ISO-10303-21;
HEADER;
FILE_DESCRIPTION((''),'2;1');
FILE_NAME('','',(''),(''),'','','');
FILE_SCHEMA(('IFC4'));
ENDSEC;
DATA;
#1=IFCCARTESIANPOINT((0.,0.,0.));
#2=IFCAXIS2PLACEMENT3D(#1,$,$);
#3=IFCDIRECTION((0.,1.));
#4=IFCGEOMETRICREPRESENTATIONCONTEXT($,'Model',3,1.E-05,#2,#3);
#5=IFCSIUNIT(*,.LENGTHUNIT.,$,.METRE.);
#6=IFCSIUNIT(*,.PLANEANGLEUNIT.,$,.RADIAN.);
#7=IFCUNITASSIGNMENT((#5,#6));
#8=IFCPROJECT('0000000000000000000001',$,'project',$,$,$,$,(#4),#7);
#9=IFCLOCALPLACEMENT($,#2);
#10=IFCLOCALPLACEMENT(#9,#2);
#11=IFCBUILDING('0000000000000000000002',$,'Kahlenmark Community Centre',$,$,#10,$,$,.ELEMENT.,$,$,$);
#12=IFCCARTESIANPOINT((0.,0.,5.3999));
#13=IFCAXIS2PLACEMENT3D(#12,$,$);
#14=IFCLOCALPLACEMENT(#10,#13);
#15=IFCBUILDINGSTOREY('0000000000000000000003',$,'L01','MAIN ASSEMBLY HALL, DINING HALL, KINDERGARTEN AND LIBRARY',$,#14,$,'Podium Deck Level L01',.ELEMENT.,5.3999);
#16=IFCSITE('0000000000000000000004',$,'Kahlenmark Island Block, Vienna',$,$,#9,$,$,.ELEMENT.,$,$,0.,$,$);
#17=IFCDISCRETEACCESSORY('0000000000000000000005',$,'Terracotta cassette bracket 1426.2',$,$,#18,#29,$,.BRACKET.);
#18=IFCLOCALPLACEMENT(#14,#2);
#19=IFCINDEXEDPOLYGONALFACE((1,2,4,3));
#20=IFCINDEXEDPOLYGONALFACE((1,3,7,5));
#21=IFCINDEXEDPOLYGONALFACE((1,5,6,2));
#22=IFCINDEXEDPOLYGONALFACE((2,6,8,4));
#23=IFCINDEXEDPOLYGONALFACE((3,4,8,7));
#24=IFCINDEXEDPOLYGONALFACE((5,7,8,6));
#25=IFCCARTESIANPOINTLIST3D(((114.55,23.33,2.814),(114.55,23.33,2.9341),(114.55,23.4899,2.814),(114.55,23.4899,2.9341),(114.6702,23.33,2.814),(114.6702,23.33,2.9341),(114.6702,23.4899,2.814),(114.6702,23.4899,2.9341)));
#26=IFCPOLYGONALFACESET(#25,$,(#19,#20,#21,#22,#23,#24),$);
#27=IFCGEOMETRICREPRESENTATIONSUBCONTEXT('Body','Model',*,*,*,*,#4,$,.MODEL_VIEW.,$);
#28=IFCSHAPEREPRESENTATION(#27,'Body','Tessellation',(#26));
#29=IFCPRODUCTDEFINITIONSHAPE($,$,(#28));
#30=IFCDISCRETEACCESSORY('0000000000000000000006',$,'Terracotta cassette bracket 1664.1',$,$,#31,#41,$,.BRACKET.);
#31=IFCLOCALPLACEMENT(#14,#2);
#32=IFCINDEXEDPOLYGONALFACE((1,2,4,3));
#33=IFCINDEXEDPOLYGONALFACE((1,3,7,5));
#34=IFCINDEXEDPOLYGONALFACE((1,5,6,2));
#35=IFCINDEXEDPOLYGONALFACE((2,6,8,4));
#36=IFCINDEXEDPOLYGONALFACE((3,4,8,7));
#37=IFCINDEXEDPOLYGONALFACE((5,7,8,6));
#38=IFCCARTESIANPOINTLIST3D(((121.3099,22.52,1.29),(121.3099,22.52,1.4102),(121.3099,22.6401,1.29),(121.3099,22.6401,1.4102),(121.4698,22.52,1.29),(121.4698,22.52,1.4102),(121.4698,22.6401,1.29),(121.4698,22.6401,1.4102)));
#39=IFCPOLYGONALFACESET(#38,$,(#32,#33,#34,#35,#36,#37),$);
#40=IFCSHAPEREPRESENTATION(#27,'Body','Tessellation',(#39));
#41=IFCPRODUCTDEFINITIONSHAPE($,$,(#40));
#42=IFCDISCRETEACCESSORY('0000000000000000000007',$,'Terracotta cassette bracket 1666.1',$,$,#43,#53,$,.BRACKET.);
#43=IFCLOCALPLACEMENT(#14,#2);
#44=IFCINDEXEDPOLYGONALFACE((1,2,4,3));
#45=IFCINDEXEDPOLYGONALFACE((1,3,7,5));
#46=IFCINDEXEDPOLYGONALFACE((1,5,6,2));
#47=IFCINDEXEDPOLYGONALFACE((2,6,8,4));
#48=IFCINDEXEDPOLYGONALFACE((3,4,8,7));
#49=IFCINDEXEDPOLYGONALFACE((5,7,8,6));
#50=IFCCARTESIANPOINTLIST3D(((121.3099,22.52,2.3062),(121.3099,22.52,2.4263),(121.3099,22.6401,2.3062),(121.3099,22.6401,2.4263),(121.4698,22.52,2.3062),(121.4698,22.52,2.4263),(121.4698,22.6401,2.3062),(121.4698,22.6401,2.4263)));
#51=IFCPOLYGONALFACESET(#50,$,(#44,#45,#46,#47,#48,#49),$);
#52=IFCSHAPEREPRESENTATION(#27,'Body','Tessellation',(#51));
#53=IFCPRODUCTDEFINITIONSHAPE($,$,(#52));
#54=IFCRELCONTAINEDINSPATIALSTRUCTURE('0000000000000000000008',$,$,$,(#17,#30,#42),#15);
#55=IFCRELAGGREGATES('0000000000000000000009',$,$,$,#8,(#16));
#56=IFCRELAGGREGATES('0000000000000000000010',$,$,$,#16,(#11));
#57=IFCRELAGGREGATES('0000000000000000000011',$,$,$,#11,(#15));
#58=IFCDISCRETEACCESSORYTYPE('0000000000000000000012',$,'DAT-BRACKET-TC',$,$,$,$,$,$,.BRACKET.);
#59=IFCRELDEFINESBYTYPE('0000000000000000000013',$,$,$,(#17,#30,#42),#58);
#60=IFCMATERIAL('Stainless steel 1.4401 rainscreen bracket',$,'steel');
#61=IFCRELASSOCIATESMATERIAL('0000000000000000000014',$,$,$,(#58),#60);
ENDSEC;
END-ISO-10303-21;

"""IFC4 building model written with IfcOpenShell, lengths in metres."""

from ifc_helpers import new_model, si_unit, direction, frame, origin, origin_2d, place, context, subcontext, project, spatial, rectangle, extrude, material, type_object, element, save


model = new_model("IFC4")

# Units and contexts
model_context = context("Model", 3, precision=1e-05, world=origin(), true_north=direction((0.0, 1.0)))
body_context = subcontext(model_context, "Body", "Model", "MODEL_VIEW")
ifc_project = project(units=[si_unit("LENGTHUNIT", "METRE"), si_unit("PLANEANGLEUNIT", "RADIAN")], contexts=[model_context])

# Site, building, storey
site_placement = place(None, origin())
site = spatial("IfcSite", under=ifc_project, at=site_placement, Name="Kahlenmark Island Block, Vienna", CompositionType="ELEMENT", RefElevation=0.0)
building_placement = place(site_placement, origin())
building = spatial("IfcBuilding", under=site, at=building_placement, Name="Kahlenmark Community Centre", CompositionType="ELEMENT")
storey_placement = place(building_placement, frame((0.0, 0.0, 5.3999)))
storey = spatial("IfcBuildingStorey", under=building, at=storey_placement, Name="L01", Description="MAIN ASSEMBLY HALL, DINING HALL, KINDERGARTEN AND LIBRARY", LongName="Podium Deck Level L01", CompositionType="ELEMENT", Elevation=5.3999)

# Discrete accessories
ifc_material_1 = material(Name="Stainless steel 1.4401 rainscreen bracket", Category="steel")
discrete_accessory_type = type_object("IfcDiscreteAccessoryType", Name="DAT-BRACKET-TC", PredefinedType="BRACKET", material=ifc_material_1)
for number, where, z_axis, x_axis, name in (
    (1, (114.6101, 23.4099, 2.814), (0.0, 0.0, 1.0), (-1.0, 0.0, 0.0), "Terracotta cassette bracket 1426.2"),
    (2, (121.3899, 22.5801, 1.29), (0.0, 0.0, 1.0), (0.0, -1.0, 0.0), "Terracotta cassette bracket 1664.1"),
    (3, (121.3899, 22.5801, 2.3062), (0.0, 0.0, 1.0), (0.0, -1.0, 0.0), "Terracotta cassette bracket 1666.1"),
):
    element("IfcDiscreteAccessory", number, at=place(storey_placement, frame(where, z_axis=z_axis, x_axis=x_axis)), inside=storey, type_object=discrete_accessory_type, Name=name, PredefinedType="BRACKET", context=body_context, shape_type="SweptSolid", body=[
        extrude(rectangle(XDim=0.1201, YDim=0.1599, at=origin_2d()), origin(), (0.0, 0.0, 1.0), 0.1201),
    ])

save(model, "model.ifc")
